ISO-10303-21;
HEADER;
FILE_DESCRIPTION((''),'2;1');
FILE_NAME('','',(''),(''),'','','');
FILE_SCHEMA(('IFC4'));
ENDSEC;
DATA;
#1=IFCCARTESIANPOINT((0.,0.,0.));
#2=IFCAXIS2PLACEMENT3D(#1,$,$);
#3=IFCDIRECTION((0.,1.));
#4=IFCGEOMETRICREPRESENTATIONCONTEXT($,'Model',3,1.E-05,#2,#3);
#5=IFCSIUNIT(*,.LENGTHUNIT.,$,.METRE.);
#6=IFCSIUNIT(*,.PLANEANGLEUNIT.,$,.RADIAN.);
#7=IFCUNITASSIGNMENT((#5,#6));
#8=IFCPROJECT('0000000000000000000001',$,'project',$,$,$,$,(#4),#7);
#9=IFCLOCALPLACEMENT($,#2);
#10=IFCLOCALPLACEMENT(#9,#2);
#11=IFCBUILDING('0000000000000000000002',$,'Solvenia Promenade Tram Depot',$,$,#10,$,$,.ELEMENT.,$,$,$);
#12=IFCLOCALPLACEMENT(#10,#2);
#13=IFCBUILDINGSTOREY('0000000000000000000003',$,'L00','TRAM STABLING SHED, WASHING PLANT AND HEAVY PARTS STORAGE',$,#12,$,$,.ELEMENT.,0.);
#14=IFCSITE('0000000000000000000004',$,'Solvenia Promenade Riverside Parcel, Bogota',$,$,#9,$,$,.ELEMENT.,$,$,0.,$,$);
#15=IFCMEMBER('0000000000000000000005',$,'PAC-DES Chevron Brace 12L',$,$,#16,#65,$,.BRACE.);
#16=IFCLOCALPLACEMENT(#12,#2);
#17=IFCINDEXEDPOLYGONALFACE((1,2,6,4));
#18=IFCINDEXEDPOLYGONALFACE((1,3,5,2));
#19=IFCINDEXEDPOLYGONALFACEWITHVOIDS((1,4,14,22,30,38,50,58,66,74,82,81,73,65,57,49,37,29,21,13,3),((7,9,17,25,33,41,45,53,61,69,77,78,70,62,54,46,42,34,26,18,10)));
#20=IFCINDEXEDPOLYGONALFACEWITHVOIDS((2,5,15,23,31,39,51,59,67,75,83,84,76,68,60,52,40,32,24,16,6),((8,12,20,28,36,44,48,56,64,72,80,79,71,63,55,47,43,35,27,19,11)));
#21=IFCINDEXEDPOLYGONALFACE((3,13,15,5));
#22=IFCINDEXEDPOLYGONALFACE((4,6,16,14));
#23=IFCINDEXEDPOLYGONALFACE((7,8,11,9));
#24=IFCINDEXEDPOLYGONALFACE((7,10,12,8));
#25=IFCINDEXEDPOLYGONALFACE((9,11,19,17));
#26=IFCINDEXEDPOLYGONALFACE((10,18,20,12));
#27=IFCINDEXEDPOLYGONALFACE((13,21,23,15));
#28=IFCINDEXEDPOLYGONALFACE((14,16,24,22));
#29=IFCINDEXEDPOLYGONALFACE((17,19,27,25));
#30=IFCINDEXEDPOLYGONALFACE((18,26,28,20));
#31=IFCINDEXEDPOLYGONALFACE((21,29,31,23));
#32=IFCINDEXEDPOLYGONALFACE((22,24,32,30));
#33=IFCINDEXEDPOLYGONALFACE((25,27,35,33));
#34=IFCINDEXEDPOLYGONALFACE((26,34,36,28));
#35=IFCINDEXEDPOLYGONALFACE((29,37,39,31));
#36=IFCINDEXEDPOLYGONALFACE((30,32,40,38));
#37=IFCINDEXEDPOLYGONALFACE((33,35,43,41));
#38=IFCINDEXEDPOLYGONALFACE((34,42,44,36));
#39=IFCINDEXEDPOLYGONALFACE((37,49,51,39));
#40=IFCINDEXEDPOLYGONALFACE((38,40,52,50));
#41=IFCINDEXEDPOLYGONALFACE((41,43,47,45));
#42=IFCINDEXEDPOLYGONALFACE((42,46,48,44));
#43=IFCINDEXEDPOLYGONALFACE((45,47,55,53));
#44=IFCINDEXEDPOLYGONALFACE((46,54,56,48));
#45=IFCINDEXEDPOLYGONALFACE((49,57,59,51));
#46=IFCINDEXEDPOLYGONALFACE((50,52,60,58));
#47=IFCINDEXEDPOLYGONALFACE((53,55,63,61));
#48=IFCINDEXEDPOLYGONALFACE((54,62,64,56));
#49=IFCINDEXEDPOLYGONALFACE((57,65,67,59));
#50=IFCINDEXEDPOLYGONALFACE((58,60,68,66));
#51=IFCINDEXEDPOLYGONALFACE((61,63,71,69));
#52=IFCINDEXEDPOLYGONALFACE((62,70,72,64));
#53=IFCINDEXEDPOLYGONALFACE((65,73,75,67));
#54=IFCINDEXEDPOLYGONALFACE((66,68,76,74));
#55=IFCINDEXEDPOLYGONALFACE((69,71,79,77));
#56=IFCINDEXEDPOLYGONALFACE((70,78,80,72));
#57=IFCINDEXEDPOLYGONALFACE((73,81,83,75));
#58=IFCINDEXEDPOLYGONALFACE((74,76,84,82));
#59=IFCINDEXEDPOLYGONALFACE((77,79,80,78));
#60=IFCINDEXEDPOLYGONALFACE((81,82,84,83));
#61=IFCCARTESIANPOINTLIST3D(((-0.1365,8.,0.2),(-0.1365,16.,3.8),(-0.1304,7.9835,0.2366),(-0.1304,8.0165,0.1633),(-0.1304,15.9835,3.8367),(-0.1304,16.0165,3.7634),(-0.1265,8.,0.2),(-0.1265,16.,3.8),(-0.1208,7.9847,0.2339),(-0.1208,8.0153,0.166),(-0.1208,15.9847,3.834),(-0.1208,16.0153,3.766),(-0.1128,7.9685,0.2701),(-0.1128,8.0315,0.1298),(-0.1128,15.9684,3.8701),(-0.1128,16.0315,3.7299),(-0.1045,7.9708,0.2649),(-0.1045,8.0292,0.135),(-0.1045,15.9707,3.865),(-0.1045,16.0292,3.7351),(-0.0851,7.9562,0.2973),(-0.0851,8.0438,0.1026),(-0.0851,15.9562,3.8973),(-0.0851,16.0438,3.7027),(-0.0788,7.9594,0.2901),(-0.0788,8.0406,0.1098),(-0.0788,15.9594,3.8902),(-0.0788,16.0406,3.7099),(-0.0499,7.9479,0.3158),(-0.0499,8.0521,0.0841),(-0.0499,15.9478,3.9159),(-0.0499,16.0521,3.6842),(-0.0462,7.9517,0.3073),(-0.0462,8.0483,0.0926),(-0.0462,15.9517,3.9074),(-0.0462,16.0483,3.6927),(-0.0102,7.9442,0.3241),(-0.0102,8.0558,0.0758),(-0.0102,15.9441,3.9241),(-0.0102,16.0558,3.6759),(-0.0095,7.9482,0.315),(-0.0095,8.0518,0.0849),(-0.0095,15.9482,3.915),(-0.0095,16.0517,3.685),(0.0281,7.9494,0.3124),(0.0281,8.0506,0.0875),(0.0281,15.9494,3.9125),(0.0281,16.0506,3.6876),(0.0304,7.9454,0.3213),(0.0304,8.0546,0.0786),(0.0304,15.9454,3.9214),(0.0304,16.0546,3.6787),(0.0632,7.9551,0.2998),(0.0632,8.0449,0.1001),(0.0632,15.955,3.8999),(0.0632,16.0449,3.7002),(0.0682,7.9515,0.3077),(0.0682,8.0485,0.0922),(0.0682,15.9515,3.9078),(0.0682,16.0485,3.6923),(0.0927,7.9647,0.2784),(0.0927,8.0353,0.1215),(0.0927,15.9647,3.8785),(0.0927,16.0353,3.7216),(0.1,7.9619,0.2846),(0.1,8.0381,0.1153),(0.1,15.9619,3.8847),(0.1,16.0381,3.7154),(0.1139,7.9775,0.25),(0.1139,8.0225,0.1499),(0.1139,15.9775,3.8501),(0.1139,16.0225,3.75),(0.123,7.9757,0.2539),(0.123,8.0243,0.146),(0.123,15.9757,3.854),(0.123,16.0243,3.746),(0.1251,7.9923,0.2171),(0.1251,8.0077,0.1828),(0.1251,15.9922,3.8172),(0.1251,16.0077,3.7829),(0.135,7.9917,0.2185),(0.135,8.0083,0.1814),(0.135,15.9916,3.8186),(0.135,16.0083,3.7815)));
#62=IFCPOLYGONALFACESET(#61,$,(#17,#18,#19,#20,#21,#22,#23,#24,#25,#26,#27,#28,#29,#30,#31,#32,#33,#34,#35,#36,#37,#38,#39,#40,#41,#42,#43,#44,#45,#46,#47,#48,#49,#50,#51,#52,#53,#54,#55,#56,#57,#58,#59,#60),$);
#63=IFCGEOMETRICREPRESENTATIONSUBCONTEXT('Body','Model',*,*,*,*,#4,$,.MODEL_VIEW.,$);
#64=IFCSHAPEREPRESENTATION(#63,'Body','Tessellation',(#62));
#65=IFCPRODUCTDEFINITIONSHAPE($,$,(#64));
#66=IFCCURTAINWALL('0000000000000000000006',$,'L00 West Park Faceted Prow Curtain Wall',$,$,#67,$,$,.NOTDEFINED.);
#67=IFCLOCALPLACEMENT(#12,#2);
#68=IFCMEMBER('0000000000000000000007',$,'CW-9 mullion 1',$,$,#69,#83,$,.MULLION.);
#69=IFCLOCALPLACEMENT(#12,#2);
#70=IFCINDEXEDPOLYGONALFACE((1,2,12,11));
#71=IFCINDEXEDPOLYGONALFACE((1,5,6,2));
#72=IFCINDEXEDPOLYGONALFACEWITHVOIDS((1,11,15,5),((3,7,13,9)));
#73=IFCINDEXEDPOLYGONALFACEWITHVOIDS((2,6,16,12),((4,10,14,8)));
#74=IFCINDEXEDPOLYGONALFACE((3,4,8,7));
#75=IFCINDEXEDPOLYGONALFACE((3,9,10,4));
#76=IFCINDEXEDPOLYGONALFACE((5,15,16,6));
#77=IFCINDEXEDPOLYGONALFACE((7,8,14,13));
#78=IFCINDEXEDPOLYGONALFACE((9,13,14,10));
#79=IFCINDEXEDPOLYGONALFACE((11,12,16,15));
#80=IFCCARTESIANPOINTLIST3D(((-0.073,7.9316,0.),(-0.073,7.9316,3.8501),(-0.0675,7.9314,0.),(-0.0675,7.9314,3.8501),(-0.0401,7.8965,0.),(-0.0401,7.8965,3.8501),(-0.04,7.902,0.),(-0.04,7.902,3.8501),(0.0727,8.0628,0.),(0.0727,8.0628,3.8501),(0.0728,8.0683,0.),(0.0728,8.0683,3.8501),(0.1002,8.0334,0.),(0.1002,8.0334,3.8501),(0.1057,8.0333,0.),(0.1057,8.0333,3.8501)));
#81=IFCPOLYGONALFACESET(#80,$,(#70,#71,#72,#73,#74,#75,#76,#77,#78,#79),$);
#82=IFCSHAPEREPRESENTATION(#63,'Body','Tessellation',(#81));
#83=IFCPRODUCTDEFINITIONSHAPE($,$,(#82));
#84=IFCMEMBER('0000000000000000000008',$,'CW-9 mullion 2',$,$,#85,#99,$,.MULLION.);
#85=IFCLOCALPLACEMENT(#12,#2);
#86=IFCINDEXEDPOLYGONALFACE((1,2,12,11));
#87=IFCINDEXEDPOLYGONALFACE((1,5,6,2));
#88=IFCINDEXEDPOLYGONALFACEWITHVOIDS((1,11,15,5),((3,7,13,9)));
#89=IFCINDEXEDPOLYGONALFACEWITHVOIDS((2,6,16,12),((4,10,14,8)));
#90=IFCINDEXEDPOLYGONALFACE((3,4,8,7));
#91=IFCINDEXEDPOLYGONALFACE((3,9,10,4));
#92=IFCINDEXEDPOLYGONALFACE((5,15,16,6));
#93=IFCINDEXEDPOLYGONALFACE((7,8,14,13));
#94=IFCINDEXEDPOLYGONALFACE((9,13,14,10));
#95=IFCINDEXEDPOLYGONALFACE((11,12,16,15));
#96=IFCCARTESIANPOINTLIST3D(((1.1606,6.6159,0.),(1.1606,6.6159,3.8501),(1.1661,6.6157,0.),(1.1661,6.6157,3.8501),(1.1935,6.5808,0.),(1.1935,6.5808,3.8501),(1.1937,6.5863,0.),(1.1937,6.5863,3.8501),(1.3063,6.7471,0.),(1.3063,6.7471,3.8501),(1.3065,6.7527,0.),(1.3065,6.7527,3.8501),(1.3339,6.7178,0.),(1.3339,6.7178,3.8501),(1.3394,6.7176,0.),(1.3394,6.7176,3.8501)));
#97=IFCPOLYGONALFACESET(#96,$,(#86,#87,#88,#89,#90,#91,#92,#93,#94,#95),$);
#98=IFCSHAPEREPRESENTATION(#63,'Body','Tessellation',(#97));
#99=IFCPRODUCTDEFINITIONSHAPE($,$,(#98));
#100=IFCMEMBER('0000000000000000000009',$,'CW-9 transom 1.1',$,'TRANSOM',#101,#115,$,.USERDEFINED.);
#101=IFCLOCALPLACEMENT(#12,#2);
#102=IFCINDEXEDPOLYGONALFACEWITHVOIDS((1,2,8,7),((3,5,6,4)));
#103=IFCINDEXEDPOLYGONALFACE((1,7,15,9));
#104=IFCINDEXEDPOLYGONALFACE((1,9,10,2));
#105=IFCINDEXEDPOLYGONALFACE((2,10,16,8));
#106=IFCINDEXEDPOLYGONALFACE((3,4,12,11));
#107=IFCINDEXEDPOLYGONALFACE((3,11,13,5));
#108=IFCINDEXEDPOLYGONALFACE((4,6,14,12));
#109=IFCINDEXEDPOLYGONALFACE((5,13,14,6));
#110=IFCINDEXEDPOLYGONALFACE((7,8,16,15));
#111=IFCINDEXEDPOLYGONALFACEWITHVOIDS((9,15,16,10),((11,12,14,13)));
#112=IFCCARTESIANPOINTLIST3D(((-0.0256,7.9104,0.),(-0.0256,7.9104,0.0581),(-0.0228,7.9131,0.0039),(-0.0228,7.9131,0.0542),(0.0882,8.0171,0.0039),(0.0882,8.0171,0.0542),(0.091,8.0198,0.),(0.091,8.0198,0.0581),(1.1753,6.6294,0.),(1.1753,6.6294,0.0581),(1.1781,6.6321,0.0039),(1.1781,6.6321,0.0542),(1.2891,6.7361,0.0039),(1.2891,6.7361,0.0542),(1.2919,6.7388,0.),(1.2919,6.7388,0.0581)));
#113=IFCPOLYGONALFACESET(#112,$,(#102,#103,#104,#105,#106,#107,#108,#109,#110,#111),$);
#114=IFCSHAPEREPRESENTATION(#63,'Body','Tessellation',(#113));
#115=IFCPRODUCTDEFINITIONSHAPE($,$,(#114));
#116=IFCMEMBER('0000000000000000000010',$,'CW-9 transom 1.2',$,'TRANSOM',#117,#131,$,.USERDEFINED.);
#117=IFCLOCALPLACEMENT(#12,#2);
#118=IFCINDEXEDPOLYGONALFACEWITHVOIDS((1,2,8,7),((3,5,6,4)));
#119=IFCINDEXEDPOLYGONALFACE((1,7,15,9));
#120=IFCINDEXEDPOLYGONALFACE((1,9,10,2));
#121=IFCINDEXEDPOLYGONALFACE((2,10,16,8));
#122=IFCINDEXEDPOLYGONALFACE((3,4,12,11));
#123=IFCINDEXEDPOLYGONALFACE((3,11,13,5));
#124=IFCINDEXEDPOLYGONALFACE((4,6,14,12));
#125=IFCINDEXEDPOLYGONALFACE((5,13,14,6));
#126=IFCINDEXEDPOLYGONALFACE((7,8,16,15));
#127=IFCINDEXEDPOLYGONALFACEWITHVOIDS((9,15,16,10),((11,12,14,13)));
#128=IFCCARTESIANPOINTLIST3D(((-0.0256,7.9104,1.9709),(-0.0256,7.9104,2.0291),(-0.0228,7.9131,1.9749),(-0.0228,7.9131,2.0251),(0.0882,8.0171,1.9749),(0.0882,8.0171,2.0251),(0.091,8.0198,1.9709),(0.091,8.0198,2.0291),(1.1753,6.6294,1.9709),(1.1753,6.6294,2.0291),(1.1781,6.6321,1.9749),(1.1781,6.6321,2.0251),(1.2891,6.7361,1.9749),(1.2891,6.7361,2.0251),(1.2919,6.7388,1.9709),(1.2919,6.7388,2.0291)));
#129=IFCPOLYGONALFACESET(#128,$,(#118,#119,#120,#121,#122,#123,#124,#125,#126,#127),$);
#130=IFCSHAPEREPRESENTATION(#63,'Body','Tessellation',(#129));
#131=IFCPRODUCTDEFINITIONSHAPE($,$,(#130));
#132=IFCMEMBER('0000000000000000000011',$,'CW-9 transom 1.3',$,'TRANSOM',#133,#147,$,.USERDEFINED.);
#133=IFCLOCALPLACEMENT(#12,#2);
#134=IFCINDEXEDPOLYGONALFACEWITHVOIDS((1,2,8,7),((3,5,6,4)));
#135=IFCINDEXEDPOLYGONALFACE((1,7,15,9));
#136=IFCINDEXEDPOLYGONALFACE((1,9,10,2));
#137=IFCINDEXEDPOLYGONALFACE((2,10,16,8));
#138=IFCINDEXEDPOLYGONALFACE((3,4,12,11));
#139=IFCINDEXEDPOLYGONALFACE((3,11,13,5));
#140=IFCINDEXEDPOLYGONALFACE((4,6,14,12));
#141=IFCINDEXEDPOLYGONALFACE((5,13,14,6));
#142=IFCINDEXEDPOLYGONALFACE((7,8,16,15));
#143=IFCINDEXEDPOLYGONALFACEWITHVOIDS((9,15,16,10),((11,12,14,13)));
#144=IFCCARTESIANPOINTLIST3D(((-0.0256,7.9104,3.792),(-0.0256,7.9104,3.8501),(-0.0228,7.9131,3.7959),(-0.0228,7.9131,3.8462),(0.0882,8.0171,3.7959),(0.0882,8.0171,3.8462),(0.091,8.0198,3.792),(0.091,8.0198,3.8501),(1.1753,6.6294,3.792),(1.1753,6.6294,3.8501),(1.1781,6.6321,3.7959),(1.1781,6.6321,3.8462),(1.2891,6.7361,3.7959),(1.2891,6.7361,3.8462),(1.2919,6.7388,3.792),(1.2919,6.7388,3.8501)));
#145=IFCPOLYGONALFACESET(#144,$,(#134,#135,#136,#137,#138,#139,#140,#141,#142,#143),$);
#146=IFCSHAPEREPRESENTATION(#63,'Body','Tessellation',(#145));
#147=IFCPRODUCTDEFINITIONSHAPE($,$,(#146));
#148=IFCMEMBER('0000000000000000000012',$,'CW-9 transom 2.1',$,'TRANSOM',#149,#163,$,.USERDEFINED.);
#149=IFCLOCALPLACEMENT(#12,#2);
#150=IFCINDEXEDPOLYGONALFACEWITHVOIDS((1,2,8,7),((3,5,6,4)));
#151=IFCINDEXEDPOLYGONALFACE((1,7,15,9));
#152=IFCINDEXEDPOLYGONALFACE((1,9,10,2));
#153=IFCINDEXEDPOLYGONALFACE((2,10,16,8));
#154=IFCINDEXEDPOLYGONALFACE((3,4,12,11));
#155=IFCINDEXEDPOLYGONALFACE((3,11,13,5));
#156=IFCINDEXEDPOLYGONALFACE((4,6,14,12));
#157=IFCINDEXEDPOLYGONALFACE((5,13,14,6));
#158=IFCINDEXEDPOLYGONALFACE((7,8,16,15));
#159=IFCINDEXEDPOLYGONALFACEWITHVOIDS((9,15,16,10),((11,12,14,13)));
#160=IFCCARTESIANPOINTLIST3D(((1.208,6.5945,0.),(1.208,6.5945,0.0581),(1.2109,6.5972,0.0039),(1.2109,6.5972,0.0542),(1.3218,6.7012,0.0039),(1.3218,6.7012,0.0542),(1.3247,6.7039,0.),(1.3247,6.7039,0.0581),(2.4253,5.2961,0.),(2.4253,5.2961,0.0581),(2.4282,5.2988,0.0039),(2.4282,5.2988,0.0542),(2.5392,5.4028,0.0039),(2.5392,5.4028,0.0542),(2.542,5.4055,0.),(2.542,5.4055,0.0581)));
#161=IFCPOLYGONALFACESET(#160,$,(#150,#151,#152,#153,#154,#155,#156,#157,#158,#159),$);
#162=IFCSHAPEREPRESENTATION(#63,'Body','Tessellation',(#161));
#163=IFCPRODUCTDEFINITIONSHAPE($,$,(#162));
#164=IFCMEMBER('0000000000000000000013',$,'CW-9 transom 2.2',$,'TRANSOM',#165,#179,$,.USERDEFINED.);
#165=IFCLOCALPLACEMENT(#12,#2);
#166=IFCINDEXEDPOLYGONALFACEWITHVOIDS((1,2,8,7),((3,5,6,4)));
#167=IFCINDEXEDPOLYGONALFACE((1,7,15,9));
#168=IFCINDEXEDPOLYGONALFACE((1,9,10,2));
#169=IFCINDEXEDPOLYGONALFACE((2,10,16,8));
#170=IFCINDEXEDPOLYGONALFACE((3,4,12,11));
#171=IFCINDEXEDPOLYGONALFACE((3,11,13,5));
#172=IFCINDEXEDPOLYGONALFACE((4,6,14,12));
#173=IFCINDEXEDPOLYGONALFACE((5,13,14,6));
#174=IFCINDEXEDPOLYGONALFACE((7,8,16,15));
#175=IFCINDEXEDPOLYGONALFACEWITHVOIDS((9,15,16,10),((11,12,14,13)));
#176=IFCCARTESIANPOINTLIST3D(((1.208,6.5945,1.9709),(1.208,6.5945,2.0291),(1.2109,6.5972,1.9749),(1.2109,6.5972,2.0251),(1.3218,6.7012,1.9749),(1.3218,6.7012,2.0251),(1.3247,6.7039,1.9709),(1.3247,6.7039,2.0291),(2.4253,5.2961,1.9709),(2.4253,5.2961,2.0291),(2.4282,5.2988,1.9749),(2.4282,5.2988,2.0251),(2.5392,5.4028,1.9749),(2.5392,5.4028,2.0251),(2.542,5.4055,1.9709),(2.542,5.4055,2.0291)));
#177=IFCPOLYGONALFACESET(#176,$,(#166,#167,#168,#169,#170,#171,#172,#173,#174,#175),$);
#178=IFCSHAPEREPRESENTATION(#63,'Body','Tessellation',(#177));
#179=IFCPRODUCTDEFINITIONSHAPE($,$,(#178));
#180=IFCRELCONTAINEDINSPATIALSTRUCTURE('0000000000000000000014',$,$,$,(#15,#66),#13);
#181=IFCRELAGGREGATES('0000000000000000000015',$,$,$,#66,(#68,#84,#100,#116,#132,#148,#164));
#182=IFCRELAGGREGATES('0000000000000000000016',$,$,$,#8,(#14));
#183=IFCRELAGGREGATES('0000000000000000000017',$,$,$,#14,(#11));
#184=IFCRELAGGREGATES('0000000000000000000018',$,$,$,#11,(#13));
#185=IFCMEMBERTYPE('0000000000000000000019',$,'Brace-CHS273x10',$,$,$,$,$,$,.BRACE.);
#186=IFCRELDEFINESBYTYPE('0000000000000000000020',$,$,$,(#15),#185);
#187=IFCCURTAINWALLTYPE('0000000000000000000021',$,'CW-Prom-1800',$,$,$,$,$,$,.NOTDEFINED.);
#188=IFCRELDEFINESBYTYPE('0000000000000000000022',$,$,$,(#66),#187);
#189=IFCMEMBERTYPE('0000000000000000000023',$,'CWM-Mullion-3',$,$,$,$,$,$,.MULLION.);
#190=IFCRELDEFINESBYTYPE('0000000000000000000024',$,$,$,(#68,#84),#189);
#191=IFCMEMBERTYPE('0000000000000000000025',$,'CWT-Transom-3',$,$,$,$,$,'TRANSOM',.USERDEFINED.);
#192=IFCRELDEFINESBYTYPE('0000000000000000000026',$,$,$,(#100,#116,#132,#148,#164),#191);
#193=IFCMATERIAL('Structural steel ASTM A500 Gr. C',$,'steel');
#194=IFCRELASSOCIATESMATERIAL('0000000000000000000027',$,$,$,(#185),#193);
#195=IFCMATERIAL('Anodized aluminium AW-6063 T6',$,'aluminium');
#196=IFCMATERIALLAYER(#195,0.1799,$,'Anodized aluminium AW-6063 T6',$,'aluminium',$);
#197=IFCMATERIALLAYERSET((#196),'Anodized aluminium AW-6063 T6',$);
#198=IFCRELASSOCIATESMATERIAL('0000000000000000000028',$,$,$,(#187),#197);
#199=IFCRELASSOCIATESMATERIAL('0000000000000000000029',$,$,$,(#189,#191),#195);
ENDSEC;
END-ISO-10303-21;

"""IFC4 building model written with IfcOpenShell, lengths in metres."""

from ifc_helpers import new_model, si_unit, direction, frame, origin, origin_2d, place, context, subcontext, project, spatial, hollow_rectangle, hollow_circle, extrude, material, layer, layer_set, material_profile, profile_set, type_object, element, aggregate, save


model = new_model("IFC4")

# Units and contexts
model_context = context("Model", 3, precision=1e-05, world=origin(), true_north=direction((0.0, 1.0)))
body_context = subcontext(model_context, "Body", "Model", "MODEL_VIEW")
ifc_project = project(units=[si_unit("LENGTHUNIT", "METRE"), si_unit("PLANEANGLEUNIT", "RADIAN")], contexts=[model_context])

# Site, building, storey
site_placement = place(None, origin())
site = spatial("IfcSite", under=ifc_project, at=site_placement, Name="Solvenia Promenade Riverside Parcel, Bogota", CompositionType="ELEMENT", RefElevation=0.0)
building_placement = place(site_placement, origin())
building = spatial("IfcBuilding", under=site, at=building_placement, Name="Solvenia Promenade Tram Depot", CompositionType="ELEMENT")
storey_placement = place(building_placement, origin())
storey = spatial("IfcBuildingStorey", under=building, at=storey_placement, Name="L00", Description="TRAM STABLING SHED, WASHING PLANT AND HEAVY PARTS STORAGE", CompositionType="ELEMENT", Elevation=0.0)

# Member
ifc_material_1 = material(Name="Structural steel ASTM A500 Gr. C", Category="steel")
ifc_material_profile_1 = material_profile(ifc_material_1, hollow_circle(Radius=0.1365, WallThickness=0.01, at=origin_2d()), Name="CHS273.0x10", Category="steel")
ifc_profile_set_1 = profile_set([ifc_material_profile_1], Name="Structural steel ASTM A500 Gr. C")
member_type_1 = type_object("IfcMemberType", Name="Brace-CHS273x10", PredefinedType="BRACE", material=ifc_profile_set_1)
member_1_placement = place(storey_placement, frame((0.0, 8.0, 0.2), z_axis=(0.0, 0.911917, 0.410374), x_axis=(-1.0, 0.0, 0.0)))
element("IfcMember", 1, at=member_1_placement, inside=storey, type_object=member_type_1, Name="PAC-DES Chevron Brace 12L", PredefinedType="BRACE", context=body_context, shape_type="SweptSolid", body=[
    extrude(hollow_circle(Radius=0.1365, WallThickness=0.01, at=origin_2d()), origin(), (0.0, 0.0, 1.0), 8.7727),
])

# Curtain wall, members
ifc_material_2 = material(Name="Anodized aluminium AW-6063 T6", Category="aluminium")
ifc_layer_1 = layer(ifc_material_2, 0.1799, Name="Anodized aluminium AW-6063 T6", Category="aluminium")
ifc_layer_set_1 = layer_set([ifc_layer_1], Name="Anodized aluminium AW-6063 T6")
curtain_wall_type = type_object("IfcCurtainWallType", Name="CW-Prom-1800", PredefinedType="NOTDEFINED", material=ifc_layer_set_1)
curtain_wall_placement = place(storey_placement, origin())
curtain_wall = element("IfcCurtainWall", 2, at=curtain_wall_placement, inside=storey, type_object=curtain_wall_type, Name="L00 West Park Faceted Prow Curtain Wall", PredefinedType="NOTDEFINED")
ifc_material_profile_2 = material_profile(ifc_material_2, hollow_rectangle(XDim=0.2, YDim=0.0481, WallThickness=0.0039, at=origin_2d()), Name="ALU-M3", Category="aluminium")
ifc_profile_set_2 = profile_set([ifc_material_profile_2], Name="Anodized aluminium AW-6063 T6")
member_type_2 = type_object("IfcMemberType", Name="CWM-Mullion-3", PredefinedType="MULLION", material=ifc_profile_set_2)
member_2_placement = place(storey_placement, frame((0.0164, 7.9824, 0.0), z_axis=(0.0, 0.0, 1.0), x_axis=(0.729537, 0.683941, 0.0)))
member_2 = element("IfcMember", 3, at=member_2_placement, type_object=member_type_2, Name="CW-9 mullion 1", PredefinedType="MULLION", context=body_context, shape_type="SweptSolid", body=[
    extrude(hollow_rectangle(XDim=0.2, YDim=0.0481, WallThickness=0.0039, at=origin_2d()), origin(), (0.0, 0.0, 1.0), 3.8501),
])
member_3_placement = place(storey_placement, frame((1.25, 6.6667, 0.0), z_axis=(0.0, 0.0, 1.0), x_axis=(0.729537, 0.683941, 0.0)))
member_3 = element("IfcMember", 4, at=member_3_placement, type_object=member_type_2, Name="CW-9 mullion 2", PredefinedType="MULLION", context=body_context, shape_type="SweptSolid", body=[
    extrude(hollow_rectangle(XDim=0.2, YDim=0.0481, WallThickness=0.0039, at=origin_2d()), origin(), (0.0, 0.0, 1.0), 3.8501),
])
ifc_material_profile_3 = material_profile(ifc_material_2, hollow_rectangle(XDim=0.1599, YDim=0.0581, WallThickness=0.0039, at=origin_2d()), Name="ALU-T3", Category="aluminium")
ifc_profile_set_3 = profile_set([ifc_material_profile_3], Name="Anodized aluminium AW-6063 T6")
member_type_3 = type_object("IfcMemberType", Name="CWT-Transom-3", ElementType="TRANSOM", PredefinedType="USERDEFINED", material=ifc_profile_set_3)
member_4_placement = place(storey_placement, frame((0.0327, 7.9651, 0.0291), z_axis=(0.683937, -0.729542, 0.0), x_axis=(0.729542, 0.683937, 0.0)))
member_4 = element("IfcMember", 5, at=member_4_placement, type_object=member_type_3, Name="CW-9 transom 1.1", ObjectType="TRANSOM", PredefinedType="USERDEFINED", context=body_context, shape_type="SweptSolid", body=[
    extrude(hollow_rectangle(XDim=0.1599, YDim=0.0581, WallThickness=0.0039, at=origin_2d()), origin(), (0.0, 0.0, 1.0), 1.7559),
])
member_5_placement = place(storey_placement, frame((0.0327, 7.9651, 2.0), z_axis=(0.683937, -0.729542, 0.0), x_axis=(0.729542, 0.683937, 0.0)))
member_5 = element("IfcMember", 6, at=member_5_placement, type_object=member_type_3, Name="CW-9 transom 1.2", ObjectType="TRANSOM", PredefinedType="USERDEFINED", context=body_context, shape_type="SweptSolid", body=[
    extrude(hollow_rectangle(XDim=0.1599, YDim=0.0581, WallThickness=0.0039, at=origin_2d()), origin(), (0.0, 0.0, 1.0), 1.7559),
])
member_6_placement = place(storey_placement, frame((0.0327, 7.9651, 3.821), z_axis=(0.683937, -0.729542, 0.0), x_axis=(0.729542, 0.683937, 0.0)))
member_6 = element("IfcMember", 7, at=member_6_placement, type_object=member_type_3, Name="CW-9 transom 1.3", ObjectType="TRANSOM", PredefinedType="USERDEFINED", context=body_context, shape_type="SweptSolid", body=[
    extrude(hollow_rectangle(XDim=0.1599, YDim=0.0581, WallThickness=0.0039, at=origin_2d()), origin(), (0.0, 0.0, 1.0), 1.7559),
])
member_7_placement = place(storey_placement, frame((1.2664, 6.6492, 0.0291), z_axis=(0.683969, -0.729512, 0.0), x_axis=(0.729512, 0.683969, 0.0)))
member_7 = element("IfcMember", 8, at=member_7_placement, type_object=member_type_3, Name="CW-9 transom 2.1", ObjectType="TRANSOM", PredefinedType="USERDEFINED", context=body_context, shape_type="SweptSolid", body=[
    extrude(hollow_rectangle(XDim=0.1599, YDim=0.0581, WallThickness=0.0039, at=origin_2d()), origin(), (0.0, 0.0, 1.0), 1.7798),
])
member_8_placement = place(storey_placement, frame((1.2664, 6.6492, 2.0), z_axis=(0.683969, -0.729512, 0.0), x_axis=(0.729512, 0.683969, 0.0)))
member_8 = element("IfcMember", 9, at=member_8_placement, type_object=member_type_3, Name="CW-9 transom 2.2", ObjectType="TRANSOM", PredefinedType="USERDEFINED", context=body_context, shape_type="SweptSolid", body=[
    extrude(hollow_rectangle(XDim=0.1599, YDim=0.0581, WallThickness=0.0039, at=origin_2d()), origin(), (0.0, 0.0, 1.0), 1.7798),
])
aggregate(curtain_wall, [member_2, member_3, member_4, member_5, member_6, member_7, member_8])

save(model, "model.ifc")
